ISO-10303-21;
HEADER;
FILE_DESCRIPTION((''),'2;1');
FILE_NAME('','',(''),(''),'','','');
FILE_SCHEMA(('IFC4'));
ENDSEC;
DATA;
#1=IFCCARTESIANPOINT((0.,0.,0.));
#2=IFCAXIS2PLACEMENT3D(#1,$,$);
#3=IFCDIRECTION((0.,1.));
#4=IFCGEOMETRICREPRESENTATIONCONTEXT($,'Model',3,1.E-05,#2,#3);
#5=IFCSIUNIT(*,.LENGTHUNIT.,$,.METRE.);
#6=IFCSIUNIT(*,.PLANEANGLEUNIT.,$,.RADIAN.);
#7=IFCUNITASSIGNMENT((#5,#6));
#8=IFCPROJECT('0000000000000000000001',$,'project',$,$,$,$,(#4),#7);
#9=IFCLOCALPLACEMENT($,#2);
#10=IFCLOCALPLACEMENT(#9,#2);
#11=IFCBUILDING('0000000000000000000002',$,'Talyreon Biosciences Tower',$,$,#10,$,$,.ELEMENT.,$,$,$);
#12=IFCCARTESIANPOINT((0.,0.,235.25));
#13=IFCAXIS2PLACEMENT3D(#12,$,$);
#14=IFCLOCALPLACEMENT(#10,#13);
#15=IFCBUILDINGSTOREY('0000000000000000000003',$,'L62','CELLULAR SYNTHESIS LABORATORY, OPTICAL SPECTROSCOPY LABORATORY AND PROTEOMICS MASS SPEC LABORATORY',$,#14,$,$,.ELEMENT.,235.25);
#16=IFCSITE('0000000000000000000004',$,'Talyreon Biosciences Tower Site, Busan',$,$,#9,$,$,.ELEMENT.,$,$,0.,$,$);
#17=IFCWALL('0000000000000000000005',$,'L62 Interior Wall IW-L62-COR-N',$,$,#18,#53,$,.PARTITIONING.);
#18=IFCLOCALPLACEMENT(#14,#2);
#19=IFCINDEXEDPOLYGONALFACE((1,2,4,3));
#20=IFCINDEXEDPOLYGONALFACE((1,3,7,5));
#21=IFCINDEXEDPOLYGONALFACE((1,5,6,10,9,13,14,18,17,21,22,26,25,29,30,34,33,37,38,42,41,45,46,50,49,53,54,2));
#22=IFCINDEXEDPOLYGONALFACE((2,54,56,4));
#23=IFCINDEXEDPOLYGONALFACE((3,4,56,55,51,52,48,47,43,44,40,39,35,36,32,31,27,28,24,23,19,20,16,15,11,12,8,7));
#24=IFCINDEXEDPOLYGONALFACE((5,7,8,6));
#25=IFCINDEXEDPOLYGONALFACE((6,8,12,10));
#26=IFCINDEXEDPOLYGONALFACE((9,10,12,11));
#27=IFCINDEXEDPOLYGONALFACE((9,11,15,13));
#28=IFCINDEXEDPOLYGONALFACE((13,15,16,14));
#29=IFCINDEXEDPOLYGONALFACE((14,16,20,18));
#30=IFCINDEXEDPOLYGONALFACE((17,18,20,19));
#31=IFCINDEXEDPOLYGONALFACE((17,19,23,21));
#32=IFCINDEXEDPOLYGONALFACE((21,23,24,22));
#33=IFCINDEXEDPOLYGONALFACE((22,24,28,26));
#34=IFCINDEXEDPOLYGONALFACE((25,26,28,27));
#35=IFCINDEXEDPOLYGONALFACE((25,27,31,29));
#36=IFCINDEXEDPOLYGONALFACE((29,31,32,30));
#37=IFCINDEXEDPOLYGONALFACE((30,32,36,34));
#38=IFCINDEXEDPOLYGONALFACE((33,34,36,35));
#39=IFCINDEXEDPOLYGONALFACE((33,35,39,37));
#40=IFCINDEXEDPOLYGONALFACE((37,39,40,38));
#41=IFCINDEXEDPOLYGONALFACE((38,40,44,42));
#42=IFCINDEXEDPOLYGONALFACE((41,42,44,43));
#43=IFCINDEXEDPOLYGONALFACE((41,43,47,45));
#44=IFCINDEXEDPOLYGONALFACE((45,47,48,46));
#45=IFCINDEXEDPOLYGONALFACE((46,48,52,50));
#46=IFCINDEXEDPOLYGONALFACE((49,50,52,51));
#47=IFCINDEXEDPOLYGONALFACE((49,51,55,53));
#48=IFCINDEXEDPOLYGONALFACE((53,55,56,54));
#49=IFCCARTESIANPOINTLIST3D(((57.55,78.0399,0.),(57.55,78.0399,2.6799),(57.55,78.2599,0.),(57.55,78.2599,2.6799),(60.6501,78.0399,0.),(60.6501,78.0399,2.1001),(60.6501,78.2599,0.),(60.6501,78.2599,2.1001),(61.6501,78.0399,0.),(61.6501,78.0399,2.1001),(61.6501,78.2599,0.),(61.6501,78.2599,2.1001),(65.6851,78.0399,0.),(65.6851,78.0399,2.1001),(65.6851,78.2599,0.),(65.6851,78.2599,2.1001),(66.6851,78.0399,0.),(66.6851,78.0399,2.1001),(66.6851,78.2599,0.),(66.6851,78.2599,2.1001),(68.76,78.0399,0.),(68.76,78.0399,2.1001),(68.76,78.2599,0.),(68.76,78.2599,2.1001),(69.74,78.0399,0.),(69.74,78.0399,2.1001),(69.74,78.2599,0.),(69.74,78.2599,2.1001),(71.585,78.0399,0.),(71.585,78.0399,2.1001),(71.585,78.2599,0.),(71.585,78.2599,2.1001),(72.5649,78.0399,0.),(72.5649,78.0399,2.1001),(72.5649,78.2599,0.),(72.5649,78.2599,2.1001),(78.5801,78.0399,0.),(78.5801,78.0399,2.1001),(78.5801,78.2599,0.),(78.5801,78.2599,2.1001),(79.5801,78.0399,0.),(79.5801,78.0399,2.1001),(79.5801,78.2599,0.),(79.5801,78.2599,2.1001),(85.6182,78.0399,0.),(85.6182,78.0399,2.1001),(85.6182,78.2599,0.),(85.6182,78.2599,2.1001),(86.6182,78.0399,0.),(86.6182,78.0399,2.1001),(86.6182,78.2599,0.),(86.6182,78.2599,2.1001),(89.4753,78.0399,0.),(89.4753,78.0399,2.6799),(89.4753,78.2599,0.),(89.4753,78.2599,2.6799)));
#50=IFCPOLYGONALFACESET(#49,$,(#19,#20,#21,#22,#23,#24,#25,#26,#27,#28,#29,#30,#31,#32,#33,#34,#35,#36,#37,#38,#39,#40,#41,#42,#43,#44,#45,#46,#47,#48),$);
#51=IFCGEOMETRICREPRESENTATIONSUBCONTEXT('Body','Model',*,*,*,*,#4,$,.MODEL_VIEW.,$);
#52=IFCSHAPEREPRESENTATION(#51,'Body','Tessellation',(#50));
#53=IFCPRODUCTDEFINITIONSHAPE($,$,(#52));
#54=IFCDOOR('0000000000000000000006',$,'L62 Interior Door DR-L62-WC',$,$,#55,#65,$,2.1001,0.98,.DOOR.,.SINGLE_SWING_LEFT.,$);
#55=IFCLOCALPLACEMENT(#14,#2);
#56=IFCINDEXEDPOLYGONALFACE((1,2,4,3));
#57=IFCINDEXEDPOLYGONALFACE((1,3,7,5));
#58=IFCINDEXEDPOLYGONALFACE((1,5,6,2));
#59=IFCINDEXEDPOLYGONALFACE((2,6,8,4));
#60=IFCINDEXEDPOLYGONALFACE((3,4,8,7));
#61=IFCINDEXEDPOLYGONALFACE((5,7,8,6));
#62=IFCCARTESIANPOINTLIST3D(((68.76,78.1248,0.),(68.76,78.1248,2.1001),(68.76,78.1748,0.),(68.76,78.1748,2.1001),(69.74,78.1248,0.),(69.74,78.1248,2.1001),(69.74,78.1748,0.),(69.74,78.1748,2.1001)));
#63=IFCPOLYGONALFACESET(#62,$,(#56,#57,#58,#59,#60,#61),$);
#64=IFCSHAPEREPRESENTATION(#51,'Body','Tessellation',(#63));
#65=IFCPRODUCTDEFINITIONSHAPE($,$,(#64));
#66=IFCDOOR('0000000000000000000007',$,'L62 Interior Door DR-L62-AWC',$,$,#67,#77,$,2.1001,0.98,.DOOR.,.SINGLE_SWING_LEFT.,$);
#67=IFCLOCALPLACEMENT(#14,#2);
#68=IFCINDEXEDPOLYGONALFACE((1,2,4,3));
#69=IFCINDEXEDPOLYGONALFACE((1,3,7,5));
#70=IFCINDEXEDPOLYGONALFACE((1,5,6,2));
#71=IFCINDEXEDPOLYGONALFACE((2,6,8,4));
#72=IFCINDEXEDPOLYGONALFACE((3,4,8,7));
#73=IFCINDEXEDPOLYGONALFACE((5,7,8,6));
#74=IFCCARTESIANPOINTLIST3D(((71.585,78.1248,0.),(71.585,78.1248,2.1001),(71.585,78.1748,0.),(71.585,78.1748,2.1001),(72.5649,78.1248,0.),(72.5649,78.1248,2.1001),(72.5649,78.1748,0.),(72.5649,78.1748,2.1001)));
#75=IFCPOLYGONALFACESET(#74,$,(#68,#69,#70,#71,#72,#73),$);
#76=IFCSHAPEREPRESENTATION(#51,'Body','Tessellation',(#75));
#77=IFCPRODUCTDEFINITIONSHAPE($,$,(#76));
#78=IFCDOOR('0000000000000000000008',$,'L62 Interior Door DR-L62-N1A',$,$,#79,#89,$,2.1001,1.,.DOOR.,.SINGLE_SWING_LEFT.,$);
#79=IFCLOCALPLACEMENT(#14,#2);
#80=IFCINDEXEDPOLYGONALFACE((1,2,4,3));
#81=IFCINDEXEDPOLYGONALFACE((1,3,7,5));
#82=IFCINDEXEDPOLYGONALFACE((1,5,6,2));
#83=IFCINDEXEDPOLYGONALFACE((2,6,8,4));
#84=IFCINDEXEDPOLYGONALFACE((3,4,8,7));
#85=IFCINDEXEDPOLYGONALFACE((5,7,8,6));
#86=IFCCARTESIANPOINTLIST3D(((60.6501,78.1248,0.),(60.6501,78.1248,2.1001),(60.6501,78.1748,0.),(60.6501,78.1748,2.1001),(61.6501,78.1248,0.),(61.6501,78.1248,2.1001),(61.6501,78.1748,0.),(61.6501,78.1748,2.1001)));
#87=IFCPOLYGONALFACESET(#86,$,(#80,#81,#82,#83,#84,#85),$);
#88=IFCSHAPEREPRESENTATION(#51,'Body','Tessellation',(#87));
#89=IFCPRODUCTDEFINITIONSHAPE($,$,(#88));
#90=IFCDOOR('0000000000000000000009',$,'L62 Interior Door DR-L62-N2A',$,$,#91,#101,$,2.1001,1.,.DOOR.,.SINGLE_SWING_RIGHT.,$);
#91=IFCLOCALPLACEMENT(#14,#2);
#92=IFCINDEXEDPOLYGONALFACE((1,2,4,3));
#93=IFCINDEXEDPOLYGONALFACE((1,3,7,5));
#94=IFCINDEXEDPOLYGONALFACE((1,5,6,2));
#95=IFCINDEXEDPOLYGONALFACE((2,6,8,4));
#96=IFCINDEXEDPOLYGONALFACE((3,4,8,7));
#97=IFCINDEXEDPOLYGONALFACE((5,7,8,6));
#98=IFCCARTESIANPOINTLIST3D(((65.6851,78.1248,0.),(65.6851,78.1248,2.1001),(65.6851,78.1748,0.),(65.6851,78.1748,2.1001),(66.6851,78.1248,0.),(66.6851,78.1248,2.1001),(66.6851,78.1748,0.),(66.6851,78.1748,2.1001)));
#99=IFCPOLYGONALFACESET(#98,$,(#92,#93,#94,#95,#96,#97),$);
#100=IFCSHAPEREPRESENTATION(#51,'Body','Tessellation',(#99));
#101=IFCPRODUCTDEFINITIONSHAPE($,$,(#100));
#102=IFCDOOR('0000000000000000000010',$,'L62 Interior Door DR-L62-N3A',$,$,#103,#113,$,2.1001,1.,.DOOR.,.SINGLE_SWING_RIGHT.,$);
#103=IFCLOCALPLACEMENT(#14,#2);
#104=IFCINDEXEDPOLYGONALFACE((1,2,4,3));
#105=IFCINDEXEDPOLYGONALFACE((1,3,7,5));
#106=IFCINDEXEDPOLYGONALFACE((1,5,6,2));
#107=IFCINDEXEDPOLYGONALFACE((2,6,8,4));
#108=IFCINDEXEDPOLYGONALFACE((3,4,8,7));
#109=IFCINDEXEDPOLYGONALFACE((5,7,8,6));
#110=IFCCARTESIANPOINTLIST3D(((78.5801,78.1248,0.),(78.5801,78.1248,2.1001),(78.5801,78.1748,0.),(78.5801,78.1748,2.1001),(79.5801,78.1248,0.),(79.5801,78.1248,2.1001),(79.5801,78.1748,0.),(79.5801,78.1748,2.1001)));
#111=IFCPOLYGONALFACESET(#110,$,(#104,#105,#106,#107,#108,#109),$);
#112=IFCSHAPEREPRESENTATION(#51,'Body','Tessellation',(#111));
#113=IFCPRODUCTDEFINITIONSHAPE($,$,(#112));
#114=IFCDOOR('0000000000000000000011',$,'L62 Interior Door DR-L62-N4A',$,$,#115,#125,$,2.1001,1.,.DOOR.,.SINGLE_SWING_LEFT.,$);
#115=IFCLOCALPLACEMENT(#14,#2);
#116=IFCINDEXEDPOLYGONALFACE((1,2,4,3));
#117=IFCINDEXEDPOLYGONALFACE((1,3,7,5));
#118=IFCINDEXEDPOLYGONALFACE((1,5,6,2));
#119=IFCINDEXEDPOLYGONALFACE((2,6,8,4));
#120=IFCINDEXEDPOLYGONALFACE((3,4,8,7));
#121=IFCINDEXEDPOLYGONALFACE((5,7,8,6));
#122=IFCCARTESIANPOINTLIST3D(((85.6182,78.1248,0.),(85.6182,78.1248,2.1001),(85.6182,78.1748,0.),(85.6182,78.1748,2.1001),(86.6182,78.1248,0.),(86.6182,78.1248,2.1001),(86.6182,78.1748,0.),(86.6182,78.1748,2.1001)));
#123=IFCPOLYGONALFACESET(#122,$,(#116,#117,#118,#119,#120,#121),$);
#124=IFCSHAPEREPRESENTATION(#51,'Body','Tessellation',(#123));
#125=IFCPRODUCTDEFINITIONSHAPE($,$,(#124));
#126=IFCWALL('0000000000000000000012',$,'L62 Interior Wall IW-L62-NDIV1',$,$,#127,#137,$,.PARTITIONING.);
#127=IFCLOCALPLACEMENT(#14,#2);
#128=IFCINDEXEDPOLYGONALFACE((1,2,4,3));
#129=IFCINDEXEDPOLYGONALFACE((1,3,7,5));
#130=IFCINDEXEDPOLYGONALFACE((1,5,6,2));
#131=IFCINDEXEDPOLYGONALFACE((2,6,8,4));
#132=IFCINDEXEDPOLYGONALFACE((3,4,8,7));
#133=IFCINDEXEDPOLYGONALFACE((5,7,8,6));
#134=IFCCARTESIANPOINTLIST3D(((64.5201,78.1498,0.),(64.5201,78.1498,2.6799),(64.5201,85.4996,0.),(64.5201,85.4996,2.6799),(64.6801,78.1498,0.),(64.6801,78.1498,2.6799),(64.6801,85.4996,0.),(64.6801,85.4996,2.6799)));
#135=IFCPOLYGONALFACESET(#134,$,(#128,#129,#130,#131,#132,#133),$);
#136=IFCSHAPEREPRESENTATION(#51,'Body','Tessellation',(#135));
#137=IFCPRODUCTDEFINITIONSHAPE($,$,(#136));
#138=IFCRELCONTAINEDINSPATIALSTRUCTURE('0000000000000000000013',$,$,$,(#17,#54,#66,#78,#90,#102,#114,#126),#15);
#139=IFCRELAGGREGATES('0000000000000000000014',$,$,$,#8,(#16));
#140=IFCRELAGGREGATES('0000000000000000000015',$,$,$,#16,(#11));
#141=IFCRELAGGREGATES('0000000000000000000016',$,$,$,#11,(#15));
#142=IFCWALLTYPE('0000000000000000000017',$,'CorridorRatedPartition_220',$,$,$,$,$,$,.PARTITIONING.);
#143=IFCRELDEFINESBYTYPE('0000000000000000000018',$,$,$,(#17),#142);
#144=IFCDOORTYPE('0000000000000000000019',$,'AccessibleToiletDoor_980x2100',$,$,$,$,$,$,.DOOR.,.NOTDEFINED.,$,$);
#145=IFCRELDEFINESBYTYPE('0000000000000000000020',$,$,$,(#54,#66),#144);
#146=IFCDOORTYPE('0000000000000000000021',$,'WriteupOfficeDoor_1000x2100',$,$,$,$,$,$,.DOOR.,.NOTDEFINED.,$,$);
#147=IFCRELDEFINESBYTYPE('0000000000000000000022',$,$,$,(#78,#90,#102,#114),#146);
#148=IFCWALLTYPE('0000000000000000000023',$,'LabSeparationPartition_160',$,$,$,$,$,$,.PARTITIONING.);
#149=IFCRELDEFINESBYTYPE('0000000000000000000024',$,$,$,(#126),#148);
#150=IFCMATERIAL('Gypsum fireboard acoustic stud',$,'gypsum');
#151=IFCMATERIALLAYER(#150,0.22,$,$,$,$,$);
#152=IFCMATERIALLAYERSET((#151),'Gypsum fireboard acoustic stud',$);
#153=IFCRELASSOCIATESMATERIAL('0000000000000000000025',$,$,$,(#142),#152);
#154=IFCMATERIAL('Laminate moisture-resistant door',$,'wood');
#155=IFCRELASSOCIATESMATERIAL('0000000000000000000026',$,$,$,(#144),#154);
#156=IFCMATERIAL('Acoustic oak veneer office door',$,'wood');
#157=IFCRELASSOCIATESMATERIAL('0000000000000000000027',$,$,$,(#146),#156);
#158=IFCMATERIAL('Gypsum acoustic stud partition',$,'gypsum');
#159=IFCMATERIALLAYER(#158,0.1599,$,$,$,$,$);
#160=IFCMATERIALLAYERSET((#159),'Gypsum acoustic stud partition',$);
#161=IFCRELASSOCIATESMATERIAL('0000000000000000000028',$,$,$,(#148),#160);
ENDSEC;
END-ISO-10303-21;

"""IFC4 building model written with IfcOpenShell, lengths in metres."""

from ifc_helpers import new_model, si_unit, direction, frame, frame_2d, origin, place, context, subcontext, project, spatial, rectangle, extrude, material, layer, layer_set, type_object, element, fill, save


model = new_model("IFC4")

# Units and contexts
model_context = context("Model", 3, precision=1e-05, world=origin(), true_north=direction((0.0, 1.0)))
body_context = subcontext(model_context, "Body", "Model", "MODEL_VIEW")
ifc_project = project(units=[si_unit("LENGTHUNIT", "METRE"), si_unit("PLANEANGLEUNIT", "RADIAN")], contexts=[model_context])

# Site, building, storey
site_placement = place(None, origin())
site = spatial("IfcSite", under=ifc_project, at=site_placement, Name="Talyreon Biosciences Tower Site, Busan", CompositionType="ELEMENT", RefElevation=0.0)
building_placement = place(site_placement, origin())
building = spatial("IfcBuilding", under=site, at=building_placement, Name="Talyreon Biosciences Tower", CompositionType="ELEMENT")
storey_placement = place(building_placement, frame((0.0, 0.0, 235.25)))
storey = spatial("IfcBuildingStorey", under=building, at=storey_placement, Name="L62", Description="CELLULAR SYNTHESIS LABORATORY, OPTICAL SPECTROSCOPY LABORATORY AND PROTEOMICS MASS SPEC LABORATORY", CompositionType="ELEMENT", Elevation=235.25)

# Wall, openings, doors
ifc_material_1 = material(Name="Gypsum fireboard acoustic stud", Category="gypsum")
ifc_layer_1 = layer(ifc_material_1, 0.22)
ifc_layer_set_1 = layer_set([ifc_layer_1], Name="Gypsum fireboard acoustic stud")
wall_type_1 = type_object("IfcWallType", Name="CorridorRatedPartition_220", PredefinedType="PARTITIONING", material=ifc_layer_set_1)
wall_1_placement = place(storey_placement, frame((57.55, 78.1499, 0.0), z_axis=(0.0, 0.0, 1.0), x_axis=(1.0, 0.0, 0.0)))
wall_1 = element("IfcWall", 1, at=wall_1_placement, inside=storey, type_object=wall_type_1, Name="L62 Interior Wall IW-L62-COR-N", PredefinedType="PARTITIONING", context=body_context, shape_type="SweptSolid", body=[
    extrude(rectangle(XDim=31.9253, YDim=0.22, at=frame_2d((15.9626, 0.0))), origin(), (0.0, 0.0, 1.0), 2.6799),
])
opening_1_placement = place(wall_1_placement, frame((11.21, 0.0, 0.0)))
opening_1 = element("IfcOpeningElement", 2, at=opening_1_placement, cuts=wall_1, PredefinedType="OPENING", context=body_context, shape_type="SweptSolid", body=[
    extrude(rectangle(XDim=0.98, YDim=2.1001, at=frame_2d((0.49, 1.05))), frame((0.0, 0.1199, 0.0), z_axis=(0.0, -1.0, 0.0), x_axis=(1.0, 0.0, 0.0)), (0.0, 0.0, 1.0), 0.24),
])
opening_2_placement = place(wall_1_placement, frame((14.0349, 0.0, 0.0)))
opening_2 = element("IfcOpeningElement", 3, at=opening_2_placement, cuts=wall_1, PredefinedType="OPENING", context=body_context, shape_type="SweptSolid", body=[
    extrude(rectangle(XDim=0.98, YDim=2.1001, at=frame_2d((0.49, 1.05))), frame((0.0, 0.1199, 0.0), z_axis=(0.0, -1.0, 0.0), x_axis=(1.0, 0.0, 0.0)), (0.0, 0.0, 1.0), 0.24),
])
opening_3_placement = place(wall_1_placement, frame((3.1001, 0.0, 0.0)))
opening_3 = element("IfcOpeningElement", 4, at=opening_3_placement, cuts=wall_1, PredefinedType="OPENING", context=body_context, shape_type="SweptSolid", body=[
    extrude(rectangle(XDim=1.0, YDim=2.1001, at=frame_2d((0.5, 1.05))), frame((0.0, 0.1199, 0.0), z_axis=(0.0, -1.0, 0.0), x_axis=(1.0, 0.0, 0.0)), (0.0, 0.0, 1.0), 0.24),
])
opening_4_placement = place(wall_1_placement, frame((8.135, 0.0, 0.0)))
opening_4 = element("IfcOpeningElement", 5, at=opening_4_placement, cuts=wall_1, PredefinedType="OPENING", context=body_context, shape_type="SweptSolid", body=[
    extrude(rectangle(XDim=1.0, YDim=2.1001, at=frame_2d((0.5, 1.05))), frame((0.0, 0.1199, 0.0), z_axis=(0.0, -1.0, 0.0), x_axis=(1.0, 0.0, 0.0)), (0.0, 0.0, 1.0), 0.24),
])
opening_5_placement = place(wall_1_placement, frame((21.03, 0.0, 0.0)))
opening_5 = element("IfcOpeningElement", 6, at=opening_5_placement, cuts=wall_1, PredefinedType="OPENING", context=body_context, shape_type="SweptSolid", body=[
    extrude(rectangle(XDim=1.0, YDim=2.1001, at=frame_2d((0.5, 1.05))), frame((0.0, 0.1199, 0.0), z_axis=(0.0, -1.0, 0.0), x_axis=(1.0, 0.0, 0.0)), (0.0, 0.0, 1.0), 0.24),
])
opening_6_placement = place(wall_1_placement, frame((28.0681, 0.0, 0.0)))
opening_6 = element("IfcOpeningElement", 7, at=opening_6_placement, cuts=wall_1, PredefinedType="OPENING", context=body_context, shape_type="SweptSolid", body=[
    extrude(rectangle(XDim=1.0, YDim=2.1001, at=frame_2d((0.5, 1.05))), frame((0.0, 0.1199, 0.0), z_axis=(0.0, -1.0, 0.0), x_axis=(1.0, 0.0, 0.0)), (0.0, 0.0, 1.0), 0.24),
])
ifc_material_2 = material(Name="Laminate moisture-resistant door", Category="wood")
door_type_1 = type_object("IfcDoorType", Name="AccessibleToiletDoor_980x2100", OperationType="NOTDEFINED", PredefinedType="DOOR", material=ifc_material_2)
door_1_placement = place(opening_1_placement, origin())
door_1 = element("IfcDoor", 8, at=door_1_placement, inside=storey, type_object=door_type_1, Name="L62 Interior Door DR-L62-WC", OperationType="SINGLE_SWING_LEFT", OverallHeight=2.1001, OverallWidth=0.98, PredefinedType="DOOR", context=body_context, shape_type="SweptSolid", body=[
    extrude(rectangle(XDim=0.98, YDim=2.1001, at=frame_2d((0.49, 1.05))), frame((0.0, 0.0249, 0.0), z_axis=(0.0, -1.0, 0.0), x_axis=(1.0, 0.0, 0.0)), (0.0, 0.0, 1.0), 0.05),
])
fill(opening_1, door_1)
door_2_placement = place(opening_2_placement, origin())
door_2 = element("IfcDoor", 9, at=door_2_placement, inside=storey, type_object=door_type_1, Name="L62 Interior Door DR-L62-AWC", OperationType="SINGLE_SWING_LEFT", OverallHeight=2.1001, OverallWidth=0.98, PredefinedType="DOOR", context=body_context, shape_type="SweptSolid", body=[
    extrude(rectangle(XDim=0.98, YDim=2.1001, at=frame_2d((0.49, 1.05))), frame((0.0, 0.0249, 0.0), z_axis=(0.0, -1.0, 0.0), x_axis=(1.0, 0.0, 0.0)), (0.0, 0.0, 1.0), 0.05),
])
fill(opening_2, door_2)
ifc_material_3 = material(Name="Acoustic oak veneer office door", Category="wood")
door_type_2 = type_object("IfcDoorType", Name="WriteupOfficeDoor_1000x2100", OperationType="NOTDEFINED", PredefinedType="DOOR", material=ifc_material_3)
door_3_placement = place(opening_3_placement, origin())
door_3 = element("IfcDoor", 10, at=door_3_placement, inside=storey, type_object=door_type_2, Name="L62 Interior Door DR-L62-N1A", OperationType="SINGLE_SWING_LEFT", OverallHeight=2.1001, OverallWidth=1.0, PredefinedType="DOOR", context=body_context, shape_type="SweptSolid", body=[
    extrude(rectangle(XDim=1.0, YDim=2.1001, at=frame_2d((0.5, 1.05))), frame((0.0, 0.0249, 0.0), z_axis=(0.0, -1.0, 0.0), x_axis=(1.0, 0.0, 0.0)), (0.0, 0.0, 1.0), 0.05),
])
fill(opening_3, door_3)
door_4_placement = place(opening_4_placement, origin())
door_4 = element("IfcDoor", 11, at=door_4_placement, inside=storey, type_object=door_type_2, Name="L62 Interior Door DR-L62-N2A", OperationType="SINGLE_SWING_RIGHT", OverallHeight=2.1001, OverallWidth=1.0, PredefinedType="DOOR", context=body_context, shape_type="SweptSolid", body=[
    extrude(rectangle(XDim=1.0, YDim=2.1001, at=frame_2d((0.5, 1.05))), frame((0.0, 0.0249, 0.0), z_axis=(0.0, -1.0, 0.0), x_axis=(1.0, 0.0, 0.0)), (0.0, 0.0, 1.0), 0.05),
])
fill(opening_4, door_4)
door_5_placement = place(opening_5_placement, origin())
door_5 = element("IfcDoor", 12, at=door_5_placement, inside=storey, type_object=door_type_2, Name="L62 Interior Door DR-L62-N3A", OperationType="SINGLE_SWING_RIGHT", OverallHeight=2.1001, OverallWidth=1.0, PredefinedType="DOOR", context=body_context, shape_type="SweptSolid", body=[
    extrude(rectangle(XDim=1.0, YDim=2.1001, at=frame_2d((0.5, 1.05))), frame((0.0, 0.0249, 0.0), z_axis=(0.0, -1.0, 0.0), x_axis=(1.0, 0.0, 0.0)), (0.0, 0.0, 1.0), 0.05),
])
fill(opening_5, door_5)
door_6_placement = place(opening_6_placement, origin())
door_6 = element("IfcDoor", 13, at=door_6_placement, inside=storey, type_object=door_type_2, Name="L62 Interior Door DR-L62-N4A", OperationType="SINGLE_SWING_LEFT", OverallHeight=2.1001, OverallWidth=1.0, PredefinedType="DOOR", context=body_context, shape_type="SweptSolid", body=[
    extrude(rectangle(XDim=1.0, YDim=2.1001, at=frame_2d((0.5, 1.05))), frame((0.0, 0.0249, 0.0), z_axis=(0.0, -1.0, 0.0), x_axis=(1.0, 0.0, 0.0)), (0.0, 0.0, 1.0), 0.05),
])
fill(opening_6, door_6)

# Wall
ifc_material_4 = material(Name="Gypsum acoustic stud partition", Category="gypsum")
ifc_layer_2 = layer(ifc_material_4, 0.1599)
ifc_layer_set_2 = layer_set([ifc_layer_2], Name="Gypsum acoustic stud partition")
wall_type_2 = type_object("IfcWallType", Name="LabSeparationPartition_160", PredefinedType="PARTITIONING", material=ifc_layer_set_2)
wall_2_placement = place(storey_placement, frame((64.6001, 78.1499, 0.0), z_axis=(0.0, 0.0, 1.0), x_axis=(0.0, 1.0, 0.0)))
element("IfcWall", 14, at=wall_2_placement, inside=storey, type_object=wall_type_2, Name="L62 Interior Wall IW-L62-NDIV1", PredefinedType="PARTITIONING", context=body_context, shape_type="SweptSolid", body=[
    extrude(rectangle(XDim=7.3499, YDim=0.1599, at=frame_2d((3.6748, 0.0))), origin(), (0.0, 0.0, 1.0), 2.6799),
])

save(model, "model.ifc")
